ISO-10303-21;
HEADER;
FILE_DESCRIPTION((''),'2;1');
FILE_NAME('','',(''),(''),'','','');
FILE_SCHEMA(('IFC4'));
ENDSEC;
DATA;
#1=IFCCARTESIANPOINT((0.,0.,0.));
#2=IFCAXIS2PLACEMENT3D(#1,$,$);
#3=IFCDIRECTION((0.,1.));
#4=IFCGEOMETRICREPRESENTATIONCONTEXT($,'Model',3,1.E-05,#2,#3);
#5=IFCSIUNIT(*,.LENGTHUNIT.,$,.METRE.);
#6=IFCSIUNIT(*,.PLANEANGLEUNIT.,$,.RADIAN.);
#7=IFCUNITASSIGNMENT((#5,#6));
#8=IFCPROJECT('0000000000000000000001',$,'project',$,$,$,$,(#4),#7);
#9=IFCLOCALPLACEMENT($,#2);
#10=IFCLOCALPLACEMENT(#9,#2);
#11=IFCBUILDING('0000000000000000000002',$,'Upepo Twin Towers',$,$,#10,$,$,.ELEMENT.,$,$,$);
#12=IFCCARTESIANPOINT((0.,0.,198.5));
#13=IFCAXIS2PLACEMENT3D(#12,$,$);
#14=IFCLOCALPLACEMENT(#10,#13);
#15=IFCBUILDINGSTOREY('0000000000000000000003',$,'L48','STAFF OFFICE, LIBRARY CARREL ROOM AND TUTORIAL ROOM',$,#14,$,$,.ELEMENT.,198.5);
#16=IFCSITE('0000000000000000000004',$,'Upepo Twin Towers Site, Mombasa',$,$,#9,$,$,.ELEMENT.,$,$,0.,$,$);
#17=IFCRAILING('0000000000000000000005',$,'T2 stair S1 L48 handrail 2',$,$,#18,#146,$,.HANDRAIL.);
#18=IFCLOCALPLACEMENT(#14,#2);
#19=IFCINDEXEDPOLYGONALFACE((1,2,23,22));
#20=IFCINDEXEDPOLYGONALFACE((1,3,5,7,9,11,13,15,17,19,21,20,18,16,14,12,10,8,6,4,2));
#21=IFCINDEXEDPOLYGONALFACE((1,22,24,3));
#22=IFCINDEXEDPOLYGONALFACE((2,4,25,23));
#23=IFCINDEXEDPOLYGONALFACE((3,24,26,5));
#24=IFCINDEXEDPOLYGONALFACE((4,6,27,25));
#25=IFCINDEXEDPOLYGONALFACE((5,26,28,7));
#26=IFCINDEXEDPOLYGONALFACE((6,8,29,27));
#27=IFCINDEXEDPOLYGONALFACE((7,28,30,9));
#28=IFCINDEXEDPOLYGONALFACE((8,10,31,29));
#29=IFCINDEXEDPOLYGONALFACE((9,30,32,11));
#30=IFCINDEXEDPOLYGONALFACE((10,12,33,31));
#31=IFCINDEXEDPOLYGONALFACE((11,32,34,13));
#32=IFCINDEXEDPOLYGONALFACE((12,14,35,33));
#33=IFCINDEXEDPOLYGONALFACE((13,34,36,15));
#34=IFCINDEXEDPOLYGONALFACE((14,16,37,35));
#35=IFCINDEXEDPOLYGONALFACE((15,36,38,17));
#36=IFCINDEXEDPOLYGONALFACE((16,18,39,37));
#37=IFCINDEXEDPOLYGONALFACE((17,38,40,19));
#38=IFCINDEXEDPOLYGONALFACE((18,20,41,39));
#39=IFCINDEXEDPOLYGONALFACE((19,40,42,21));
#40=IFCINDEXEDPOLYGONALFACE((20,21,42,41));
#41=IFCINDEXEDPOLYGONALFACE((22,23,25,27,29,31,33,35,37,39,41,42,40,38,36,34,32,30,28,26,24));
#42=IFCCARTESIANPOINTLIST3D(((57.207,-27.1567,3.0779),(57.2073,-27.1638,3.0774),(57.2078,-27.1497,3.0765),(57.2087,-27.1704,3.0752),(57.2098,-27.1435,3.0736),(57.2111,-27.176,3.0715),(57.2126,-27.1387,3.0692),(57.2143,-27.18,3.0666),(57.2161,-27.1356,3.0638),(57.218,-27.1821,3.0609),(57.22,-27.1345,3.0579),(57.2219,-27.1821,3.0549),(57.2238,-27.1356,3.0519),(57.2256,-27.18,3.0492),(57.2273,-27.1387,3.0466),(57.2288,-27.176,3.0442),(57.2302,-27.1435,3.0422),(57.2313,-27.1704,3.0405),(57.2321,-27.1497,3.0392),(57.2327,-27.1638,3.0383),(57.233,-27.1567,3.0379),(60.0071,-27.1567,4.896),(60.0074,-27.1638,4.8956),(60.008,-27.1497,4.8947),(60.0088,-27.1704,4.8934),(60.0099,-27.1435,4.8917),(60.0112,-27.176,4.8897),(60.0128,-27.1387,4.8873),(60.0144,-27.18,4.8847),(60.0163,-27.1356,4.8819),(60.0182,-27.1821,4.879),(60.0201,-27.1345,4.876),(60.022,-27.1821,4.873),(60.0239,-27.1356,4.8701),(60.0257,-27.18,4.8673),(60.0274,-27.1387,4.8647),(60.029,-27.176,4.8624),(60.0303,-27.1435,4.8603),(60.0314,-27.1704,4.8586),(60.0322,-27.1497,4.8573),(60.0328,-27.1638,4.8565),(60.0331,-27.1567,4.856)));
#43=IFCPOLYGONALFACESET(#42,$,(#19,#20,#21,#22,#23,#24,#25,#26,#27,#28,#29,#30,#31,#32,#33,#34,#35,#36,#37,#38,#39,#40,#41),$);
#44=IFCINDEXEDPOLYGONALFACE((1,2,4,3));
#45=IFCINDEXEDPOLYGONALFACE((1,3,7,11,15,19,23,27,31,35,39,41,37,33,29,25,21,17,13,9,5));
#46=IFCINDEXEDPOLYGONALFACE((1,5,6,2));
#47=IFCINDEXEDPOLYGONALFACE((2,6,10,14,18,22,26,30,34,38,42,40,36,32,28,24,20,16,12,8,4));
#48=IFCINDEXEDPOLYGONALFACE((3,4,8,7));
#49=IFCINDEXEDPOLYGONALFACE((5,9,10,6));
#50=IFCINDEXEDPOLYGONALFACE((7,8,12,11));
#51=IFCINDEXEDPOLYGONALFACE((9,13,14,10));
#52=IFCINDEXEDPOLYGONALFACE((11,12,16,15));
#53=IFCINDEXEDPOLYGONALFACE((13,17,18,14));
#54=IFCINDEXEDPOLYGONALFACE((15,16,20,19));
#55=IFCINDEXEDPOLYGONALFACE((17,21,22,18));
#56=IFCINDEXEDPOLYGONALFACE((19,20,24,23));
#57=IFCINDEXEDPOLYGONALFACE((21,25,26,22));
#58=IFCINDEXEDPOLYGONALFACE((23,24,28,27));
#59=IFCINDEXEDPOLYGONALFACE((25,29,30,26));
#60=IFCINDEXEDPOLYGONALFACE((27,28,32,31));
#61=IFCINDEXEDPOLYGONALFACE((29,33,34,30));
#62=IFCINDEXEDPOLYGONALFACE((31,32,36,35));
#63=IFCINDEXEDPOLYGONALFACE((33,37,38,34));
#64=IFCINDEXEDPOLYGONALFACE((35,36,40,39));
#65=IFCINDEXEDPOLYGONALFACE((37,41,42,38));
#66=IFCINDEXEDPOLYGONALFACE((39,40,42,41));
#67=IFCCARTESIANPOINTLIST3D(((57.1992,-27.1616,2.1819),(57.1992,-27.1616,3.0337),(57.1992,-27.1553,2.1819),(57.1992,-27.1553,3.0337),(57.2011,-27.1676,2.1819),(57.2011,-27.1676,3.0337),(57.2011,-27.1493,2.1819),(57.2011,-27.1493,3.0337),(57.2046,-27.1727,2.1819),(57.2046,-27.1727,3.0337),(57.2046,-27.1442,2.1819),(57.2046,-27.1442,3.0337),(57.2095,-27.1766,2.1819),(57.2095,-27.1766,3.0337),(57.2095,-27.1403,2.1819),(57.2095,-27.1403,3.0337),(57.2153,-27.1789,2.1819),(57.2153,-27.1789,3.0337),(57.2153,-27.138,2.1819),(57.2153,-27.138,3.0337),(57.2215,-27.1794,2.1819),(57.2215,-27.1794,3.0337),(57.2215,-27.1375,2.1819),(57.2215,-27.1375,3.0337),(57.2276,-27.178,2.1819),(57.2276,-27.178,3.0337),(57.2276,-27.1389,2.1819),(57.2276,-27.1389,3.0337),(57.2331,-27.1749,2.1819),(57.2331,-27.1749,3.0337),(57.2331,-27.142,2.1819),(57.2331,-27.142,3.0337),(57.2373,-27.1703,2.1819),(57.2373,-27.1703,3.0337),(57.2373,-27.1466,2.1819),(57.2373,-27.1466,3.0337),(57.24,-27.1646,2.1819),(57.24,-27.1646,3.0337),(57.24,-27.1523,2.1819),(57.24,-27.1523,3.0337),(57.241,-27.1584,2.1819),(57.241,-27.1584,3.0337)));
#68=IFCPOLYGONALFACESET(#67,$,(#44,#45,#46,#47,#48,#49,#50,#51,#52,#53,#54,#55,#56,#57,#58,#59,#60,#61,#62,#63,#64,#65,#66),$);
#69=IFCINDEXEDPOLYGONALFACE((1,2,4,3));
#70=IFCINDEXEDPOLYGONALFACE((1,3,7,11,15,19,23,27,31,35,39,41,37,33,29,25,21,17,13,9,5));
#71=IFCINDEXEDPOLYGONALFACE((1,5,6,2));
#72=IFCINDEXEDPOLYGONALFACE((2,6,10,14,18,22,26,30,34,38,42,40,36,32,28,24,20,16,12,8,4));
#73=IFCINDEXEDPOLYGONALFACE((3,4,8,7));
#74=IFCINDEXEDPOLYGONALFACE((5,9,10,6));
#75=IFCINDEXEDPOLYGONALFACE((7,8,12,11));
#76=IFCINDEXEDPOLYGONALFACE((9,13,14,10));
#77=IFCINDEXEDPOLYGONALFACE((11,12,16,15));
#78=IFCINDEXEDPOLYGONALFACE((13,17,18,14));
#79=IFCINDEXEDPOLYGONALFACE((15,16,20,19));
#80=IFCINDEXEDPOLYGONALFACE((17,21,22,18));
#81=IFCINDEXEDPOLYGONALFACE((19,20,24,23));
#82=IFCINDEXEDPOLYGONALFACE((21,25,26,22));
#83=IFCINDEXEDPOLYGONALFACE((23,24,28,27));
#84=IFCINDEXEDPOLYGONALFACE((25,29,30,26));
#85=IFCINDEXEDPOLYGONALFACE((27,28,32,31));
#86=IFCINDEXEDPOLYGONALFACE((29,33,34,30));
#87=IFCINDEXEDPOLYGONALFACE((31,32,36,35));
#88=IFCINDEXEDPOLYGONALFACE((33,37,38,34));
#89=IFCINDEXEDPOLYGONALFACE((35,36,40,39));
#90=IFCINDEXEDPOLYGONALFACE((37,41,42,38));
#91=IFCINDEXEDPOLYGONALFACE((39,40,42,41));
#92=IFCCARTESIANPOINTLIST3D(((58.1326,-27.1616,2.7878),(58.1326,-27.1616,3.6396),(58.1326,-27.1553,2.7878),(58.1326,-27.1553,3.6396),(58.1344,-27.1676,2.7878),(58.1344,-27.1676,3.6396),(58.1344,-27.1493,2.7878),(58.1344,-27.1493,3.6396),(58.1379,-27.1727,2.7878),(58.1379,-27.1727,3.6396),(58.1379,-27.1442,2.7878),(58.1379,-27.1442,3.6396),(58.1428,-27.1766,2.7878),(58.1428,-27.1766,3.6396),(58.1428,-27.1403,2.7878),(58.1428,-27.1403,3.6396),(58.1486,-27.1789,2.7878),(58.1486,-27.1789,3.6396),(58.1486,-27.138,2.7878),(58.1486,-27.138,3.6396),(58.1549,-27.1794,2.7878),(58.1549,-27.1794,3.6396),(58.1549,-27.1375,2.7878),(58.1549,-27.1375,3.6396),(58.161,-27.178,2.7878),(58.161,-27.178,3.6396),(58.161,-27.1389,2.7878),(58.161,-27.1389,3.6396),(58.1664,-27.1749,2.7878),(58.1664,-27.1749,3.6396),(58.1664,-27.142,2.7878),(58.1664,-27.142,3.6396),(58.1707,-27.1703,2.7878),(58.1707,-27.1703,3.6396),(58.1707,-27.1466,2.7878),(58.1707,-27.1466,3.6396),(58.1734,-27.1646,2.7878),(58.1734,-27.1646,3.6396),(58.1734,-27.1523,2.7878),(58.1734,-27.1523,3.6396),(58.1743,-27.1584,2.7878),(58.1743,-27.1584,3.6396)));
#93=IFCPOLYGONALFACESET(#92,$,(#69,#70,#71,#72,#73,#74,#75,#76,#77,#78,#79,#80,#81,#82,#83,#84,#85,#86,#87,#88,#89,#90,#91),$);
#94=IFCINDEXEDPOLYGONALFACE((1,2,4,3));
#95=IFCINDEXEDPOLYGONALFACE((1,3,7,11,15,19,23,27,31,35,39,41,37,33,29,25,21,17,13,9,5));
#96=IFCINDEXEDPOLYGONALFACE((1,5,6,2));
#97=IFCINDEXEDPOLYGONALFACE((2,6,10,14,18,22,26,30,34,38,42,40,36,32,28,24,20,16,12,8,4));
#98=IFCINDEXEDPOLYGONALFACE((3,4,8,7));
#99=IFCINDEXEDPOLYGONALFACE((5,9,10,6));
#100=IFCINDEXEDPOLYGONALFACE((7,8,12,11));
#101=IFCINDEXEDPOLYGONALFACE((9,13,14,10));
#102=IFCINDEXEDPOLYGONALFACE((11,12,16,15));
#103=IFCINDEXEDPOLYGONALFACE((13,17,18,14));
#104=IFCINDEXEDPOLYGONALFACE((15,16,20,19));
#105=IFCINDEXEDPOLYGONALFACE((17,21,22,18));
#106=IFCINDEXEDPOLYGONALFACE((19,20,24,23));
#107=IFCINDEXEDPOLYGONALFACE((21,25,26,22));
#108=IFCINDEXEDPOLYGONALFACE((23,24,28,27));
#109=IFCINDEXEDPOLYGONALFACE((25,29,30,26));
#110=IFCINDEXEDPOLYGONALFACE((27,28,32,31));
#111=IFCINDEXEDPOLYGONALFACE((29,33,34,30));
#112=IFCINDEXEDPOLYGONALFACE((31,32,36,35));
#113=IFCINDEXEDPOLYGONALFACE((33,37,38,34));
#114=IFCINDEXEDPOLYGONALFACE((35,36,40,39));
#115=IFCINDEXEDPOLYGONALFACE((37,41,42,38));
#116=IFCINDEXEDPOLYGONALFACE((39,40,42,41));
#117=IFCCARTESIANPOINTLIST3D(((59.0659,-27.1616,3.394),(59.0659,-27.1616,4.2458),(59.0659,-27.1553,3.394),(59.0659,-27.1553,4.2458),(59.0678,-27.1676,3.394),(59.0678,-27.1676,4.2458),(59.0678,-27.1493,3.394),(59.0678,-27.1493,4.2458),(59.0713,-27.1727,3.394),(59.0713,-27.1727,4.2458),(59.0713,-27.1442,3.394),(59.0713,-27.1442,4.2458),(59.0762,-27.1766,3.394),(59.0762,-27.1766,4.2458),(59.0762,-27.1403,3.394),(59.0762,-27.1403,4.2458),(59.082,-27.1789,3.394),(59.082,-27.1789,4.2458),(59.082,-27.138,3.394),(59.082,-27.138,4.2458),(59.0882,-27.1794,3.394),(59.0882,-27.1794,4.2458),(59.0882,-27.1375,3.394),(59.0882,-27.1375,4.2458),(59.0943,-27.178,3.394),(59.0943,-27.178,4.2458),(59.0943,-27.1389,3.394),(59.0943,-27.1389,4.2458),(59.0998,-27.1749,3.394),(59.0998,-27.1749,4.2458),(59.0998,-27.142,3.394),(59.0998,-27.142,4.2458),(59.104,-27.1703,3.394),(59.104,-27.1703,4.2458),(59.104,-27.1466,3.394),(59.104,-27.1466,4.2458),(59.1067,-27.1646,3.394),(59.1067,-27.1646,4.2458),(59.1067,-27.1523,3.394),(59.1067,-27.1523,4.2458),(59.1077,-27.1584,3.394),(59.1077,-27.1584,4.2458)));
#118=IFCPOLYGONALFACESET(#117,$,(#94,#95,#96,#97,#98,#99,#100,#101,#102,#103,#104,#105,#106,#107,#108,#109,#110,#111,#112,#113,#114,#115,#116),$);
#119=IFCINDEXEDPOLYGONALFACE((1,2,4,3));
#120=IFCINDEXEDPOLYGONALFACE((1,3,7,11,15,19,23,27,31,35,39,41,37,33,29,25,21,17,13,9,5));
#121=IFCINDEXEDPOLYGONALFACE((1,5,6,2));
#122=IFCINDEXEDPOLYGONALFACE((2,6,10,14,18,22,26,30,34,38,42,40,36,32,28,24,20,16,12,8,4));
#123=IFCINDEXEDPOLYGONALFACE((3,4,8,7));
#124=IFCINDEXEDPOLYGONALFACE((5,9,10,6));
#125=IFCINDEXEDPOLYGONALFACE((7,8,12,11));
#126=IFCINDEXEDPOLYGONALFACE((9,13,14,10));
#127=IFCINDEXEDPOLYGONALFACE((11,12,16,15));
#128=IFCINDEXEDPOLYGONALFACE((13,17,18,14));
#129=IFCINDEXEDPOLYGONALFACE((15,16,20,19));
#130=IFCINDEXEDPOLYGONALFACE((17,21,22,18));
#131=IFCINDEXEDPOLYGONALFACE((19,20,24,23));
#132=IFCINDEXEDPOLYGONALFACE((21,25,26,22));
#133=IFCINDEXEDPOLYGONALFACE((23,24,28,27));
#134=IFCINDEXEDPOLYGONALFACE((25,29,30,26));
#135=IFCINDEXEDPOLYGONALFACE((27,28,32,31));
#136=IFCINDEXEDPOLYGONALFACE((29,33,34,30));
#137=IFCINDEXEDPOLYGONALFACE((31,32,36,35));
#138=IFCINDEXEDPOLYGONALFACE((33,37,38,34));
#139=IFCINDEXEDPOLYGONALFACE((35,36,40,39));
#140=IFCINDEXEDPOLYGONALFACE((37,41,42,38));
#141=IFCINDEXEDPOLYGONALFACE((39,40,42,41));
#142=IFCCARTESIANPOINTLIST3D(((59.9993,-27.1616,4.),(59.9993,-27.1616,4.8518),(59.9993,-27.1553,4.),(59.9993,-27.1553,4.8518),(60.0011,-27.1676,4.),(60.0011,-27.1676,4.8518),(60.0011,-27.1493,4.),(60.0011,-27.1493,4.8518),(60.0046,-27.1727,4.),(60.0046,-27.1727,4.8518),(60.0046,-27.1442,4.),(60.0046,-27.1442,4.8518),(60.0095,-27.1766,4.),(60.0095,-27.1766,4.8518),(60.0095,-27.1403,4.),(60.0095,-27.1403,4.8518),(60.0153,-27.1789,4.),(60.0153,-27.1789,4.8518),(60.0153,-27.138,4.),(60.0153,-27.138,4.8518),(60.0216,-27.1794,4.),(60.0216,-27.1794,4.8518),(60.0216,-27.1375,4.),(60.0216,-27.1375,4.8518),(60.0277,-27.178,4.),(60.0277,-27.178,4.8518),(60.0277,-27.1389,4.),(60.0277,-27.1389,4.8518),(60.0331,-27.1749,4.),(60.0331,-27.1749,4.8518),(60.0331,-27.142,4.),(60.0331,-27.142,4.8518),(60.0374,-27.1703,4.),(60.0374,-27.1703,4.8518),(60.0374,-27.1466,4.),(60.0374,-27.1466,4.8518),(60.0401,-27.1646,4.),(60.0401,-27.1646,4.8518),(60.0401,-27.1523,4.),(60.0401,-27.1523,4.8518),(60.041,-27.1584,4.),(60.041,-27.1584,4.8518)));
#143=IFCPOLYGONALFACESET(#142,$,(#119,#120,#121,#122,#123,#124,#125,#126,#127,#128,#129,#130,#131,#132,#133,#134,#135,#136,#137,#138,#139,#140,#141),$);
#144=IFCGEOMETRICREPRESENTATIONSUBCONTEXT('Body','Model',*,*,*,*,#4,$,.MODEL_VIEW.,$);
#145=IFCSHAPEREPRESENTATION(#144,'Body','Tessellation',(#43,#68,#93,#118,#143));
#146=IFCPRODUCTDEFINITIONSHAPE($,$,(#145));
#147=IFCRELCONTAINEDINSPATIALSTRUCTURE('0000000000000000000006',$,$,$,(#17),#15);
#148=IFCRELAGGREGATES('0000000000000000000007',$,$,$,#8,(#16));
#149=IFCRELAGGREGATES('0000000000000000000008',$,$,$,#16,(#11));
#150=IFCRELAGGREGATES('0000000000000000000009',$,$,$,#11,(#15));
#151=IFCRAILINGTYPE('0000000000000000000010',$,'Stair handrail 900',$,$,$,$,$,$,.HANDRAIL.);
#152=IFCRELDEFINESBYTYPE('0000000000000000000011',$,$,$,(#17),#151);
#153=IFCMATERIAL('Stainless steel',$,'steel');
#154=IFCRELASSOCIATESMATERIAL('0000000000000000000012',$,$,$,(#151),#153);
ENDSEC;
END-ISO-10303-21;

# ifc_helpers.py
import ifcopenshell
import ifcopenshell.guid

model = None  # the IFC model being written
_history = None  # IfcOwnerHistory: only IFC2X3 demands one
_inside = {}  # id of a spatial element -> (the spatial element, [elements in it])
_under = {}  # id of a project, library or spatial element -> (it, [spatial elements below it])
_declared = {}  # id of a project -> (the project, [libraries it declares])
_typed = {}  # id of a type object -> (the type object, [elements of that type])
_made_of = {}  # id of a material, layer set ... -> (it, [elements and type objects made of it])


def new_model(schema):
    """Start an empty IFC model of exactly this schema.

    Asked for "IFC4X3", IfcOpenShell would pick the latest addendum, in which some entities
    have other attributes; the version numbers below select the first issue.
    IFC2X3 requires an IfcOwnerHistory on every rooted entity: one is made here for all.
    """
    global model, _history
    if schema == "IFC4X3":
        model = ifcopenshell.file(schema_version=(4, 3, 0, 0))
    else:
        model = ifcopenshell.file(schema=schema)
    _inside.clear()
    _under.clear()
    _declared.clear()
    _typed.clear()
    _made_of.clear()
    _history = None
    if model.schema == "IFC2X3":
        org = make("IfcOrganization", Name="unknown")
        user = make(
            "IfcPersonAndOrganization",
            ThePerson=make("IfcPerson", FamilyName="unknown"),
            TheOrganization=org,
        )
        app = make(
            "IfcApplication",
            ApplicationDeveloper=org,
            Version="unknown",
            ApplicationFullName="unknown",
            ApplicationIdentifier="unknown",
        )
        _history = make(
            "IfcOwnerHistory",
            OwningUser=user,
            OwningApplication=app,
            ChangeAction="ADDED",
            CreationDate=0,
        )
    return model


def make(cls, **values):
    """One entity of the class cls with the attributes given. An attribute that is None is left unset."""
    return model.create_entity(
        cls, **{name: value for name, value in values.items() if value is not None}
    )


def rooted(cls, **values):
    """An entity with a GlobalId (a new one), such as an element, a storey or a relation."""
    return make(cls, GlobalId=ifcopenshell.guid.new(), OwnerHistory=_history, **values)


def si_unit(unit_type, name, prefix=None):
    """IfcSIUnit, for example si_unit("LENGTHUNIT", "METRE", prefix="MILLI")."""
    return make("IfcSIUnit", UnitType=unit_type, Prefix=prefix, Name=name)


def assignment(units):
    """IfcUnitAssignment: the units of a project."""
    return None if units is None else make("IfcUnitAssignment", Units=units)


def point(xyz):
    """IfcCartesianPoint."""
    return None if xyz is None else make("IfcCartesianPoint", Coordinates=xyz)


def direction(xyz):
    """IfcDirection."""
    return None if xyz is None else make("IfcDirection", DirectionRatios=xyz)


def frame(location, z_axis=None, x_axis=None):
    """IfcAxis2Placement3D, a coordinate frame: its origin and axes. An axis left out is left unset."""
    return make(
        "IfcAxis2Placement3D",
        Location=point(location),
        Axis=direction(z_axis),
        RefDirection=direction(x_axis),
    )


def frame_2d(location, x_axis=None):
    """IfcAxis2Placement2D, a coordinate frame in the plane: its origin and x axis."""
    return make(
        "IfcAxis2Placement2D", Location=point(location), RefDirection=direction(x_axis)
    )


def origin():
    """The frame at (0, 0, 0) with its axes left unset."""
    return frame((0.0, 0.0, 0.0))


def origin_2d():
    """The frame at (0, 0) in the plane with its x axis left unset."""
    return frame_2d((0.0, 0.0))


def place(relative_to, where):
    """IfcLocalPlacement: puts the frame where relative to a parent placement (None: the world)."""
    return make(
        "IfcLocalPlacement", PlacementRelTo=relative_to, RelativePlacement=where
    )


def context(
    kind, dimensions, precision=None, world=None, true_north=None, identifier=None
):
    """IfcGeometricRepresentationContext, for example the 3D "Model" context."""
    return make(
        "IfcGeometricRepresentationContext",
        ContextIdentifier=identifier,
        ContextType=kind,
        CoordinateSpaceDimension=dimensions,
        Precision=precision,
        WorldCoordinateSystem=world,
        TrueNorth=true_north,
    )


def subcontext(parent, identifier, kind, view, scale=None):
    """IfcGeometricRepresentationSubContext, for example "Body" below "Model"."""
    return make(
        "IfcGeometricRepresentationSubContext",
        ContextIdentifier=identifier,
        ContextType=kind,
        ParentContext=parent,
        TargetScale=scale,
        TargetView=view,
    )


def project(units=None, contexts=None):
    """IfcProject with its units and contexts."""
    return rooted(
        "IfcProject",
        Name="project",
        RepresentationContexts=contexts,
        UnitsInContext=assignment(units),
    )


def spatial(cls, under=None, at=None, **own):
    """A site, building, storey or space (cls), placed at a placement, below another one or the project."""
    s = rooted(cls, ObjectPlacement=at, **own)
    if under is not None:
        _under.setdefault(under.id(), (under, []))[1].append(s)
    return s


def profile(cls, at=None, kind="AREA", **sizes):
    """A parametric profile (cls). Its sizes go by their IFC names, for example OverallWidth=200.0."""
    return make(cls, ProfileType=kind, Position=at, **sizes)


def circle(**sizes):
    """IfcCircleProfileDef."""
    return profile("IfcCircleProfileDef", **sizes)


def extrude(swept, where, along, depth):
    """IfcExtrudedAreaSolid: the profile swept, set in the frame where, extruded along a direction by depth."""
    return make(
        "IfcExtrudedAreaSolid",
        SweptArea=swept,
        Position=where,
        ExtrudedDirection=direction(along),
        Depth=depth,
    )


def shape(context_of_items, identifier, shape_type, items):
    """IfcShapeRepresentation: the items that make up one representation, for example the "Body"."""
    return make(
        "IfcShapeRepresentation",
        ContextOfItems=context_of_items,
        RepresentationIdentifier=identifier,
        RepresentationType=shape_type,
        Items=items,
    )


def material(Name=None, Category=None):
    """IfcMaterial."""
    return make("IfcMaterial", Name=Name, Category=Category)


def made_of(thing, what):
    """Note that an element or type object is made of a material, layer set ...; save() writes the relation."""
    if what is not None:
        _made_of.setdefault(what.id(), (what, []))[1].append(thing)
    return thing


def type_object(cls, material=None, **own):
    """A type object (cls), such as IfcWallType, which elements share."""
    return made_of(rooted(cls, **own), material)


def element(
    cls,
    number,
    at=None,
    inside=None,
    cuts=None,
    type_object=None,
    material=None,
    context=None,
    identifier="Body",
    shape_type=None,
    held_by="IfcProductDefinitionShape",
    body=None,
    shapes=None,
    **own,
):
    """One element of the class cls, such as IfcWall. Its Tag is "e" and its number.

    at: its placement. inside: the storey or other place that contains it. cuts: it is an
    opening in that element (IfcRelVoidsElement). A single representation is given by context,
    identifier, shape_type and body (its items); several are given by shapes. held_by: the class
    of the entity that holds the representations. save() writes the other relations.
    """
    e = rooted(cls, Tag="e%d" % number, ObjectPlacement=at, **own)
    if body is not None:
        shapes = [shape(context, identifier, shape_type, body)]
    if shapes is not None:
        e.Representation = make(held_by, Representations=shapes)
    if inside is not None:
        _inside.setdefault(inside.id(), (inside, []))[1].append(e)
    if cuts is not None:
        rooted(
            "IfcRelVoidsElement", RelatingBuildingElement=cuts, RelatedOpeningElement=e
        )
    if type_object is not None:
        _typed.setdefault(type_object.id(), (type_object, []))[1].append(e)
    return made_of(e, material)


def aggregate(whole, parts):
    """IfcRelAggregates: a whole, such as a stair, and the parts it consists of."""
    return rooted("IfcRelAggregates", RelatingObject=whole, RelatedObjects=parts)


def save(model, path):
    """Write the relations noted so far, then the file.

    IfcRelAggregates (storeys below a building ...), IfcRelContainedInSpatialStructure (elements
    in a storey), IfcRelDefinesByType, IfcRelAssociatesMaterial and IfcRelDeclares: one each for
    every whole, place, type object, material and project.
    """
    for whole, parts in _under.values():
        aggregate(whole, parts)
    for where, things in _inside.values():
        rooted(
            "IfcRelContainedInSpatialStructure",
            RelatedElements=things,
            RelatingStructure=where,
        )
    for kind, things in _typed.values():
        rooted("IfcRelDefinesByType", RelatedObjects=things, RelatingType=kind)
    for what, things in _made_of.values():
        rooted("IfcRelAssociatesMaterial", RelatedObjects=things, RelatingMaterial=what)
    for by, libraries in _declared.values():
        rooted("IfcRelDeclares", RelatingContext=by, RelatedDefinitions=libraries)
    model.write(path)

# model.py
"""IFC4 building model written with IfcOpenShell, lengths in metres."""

from ifc_helpers import new_model, si_unit, direction, frame, origin, origin_2d, place, context, subcontext, project, spatial, circle, extrude, material, type_object, element, save


model = new_model("IFC4")

# Units and contexts
model_context = context("Model", 3, precision=1e-05, world=origin(), true_north=direction((0.0, 1.0)))
body_context = subcontext(model_context, "Body", "Model", "MODEL_VIEW")
ifc_project = project(units=[si_unit("LENGTHUNIT", "METRE"), si_unit("PLANEANGLEUNIT", "RADIAN")], contexts=[model_context])

# Site, building, storey
site_placement = place(None, origin())
site = spatial("IfcSite", under=ifc_project, at=site_placement, Name="Upepo Twin Towers Site, Mombasa", CompositionType="ELEMENT", RefElevation=0.0)
building_placement = place(site_placement, origin())
building = spatial("IfcBuilding", under=site, at=building_placement, Name="Upepo Twin Towers", CompositionType="ELEMENT")
storey_placement = place(building_placement, frame((0.0, 0.0, 198.5)))
storey = spatial("IfcBuildingStorey", under=building, at=storey_placement, Name="L48", Description="STAFF OFFICE, LIBRARY CARREL ROOM AND TUTORIAL ROOM", CompositionType="ELEMENT", Elevation=198.5)

# Railing
ifc_material_1 = material(Name="Stainless steel", Category="steel")
railing_type = type_object("IfcRailingType", Name="Stair handrail 900", PredefinedType="HANDRAIL", material=ifc_material_1)
railing_1_placement = place(storey_placement, frame((57.22, -27.1584, 2.1819)))
element("IfcRailing", 1, at=railing_1_placement, inside=storey, type_object=railing_type, Name="T2 stair S1 L48 handrail 2", PredefinedType="HANDRAIL", context=body_context, shape_type="SweptSolid", body=[
    extrude(circle(Radius=0.0239, at=origin_2d()), frame((0.0, 0.0, 0.876), z_axis=(0.838706, 0.0, 0.544585), x_axis=(0.0, 1.0, 0.0)), (0.0, 0.0, 1.0), 3.3386),
    extrude(circle(Radius=0.021, at=origin_2d()), origin(), (0.0, 0.0, 1.0), 0.8518),
    extrude(circle(Radius=0.021, at=origin_2d()), frame((0.9333, 0.0, 0.606)), (0.0, 0.0, 1.0), 0.8518),
    extrude(circle(Radius=0.021, at=origin_2d()), frame((1.8667, 0.0, 1.2122)), (0.0, 0.0, 1.0), 0.8518),
    extrude(circle(Radius=0.021, at=origin_2d()), frame((2.8, 0.0, 1.8181)), (0.0, 0.0, 1.0), 0.8518),
])

save(model, "model.ifc")
